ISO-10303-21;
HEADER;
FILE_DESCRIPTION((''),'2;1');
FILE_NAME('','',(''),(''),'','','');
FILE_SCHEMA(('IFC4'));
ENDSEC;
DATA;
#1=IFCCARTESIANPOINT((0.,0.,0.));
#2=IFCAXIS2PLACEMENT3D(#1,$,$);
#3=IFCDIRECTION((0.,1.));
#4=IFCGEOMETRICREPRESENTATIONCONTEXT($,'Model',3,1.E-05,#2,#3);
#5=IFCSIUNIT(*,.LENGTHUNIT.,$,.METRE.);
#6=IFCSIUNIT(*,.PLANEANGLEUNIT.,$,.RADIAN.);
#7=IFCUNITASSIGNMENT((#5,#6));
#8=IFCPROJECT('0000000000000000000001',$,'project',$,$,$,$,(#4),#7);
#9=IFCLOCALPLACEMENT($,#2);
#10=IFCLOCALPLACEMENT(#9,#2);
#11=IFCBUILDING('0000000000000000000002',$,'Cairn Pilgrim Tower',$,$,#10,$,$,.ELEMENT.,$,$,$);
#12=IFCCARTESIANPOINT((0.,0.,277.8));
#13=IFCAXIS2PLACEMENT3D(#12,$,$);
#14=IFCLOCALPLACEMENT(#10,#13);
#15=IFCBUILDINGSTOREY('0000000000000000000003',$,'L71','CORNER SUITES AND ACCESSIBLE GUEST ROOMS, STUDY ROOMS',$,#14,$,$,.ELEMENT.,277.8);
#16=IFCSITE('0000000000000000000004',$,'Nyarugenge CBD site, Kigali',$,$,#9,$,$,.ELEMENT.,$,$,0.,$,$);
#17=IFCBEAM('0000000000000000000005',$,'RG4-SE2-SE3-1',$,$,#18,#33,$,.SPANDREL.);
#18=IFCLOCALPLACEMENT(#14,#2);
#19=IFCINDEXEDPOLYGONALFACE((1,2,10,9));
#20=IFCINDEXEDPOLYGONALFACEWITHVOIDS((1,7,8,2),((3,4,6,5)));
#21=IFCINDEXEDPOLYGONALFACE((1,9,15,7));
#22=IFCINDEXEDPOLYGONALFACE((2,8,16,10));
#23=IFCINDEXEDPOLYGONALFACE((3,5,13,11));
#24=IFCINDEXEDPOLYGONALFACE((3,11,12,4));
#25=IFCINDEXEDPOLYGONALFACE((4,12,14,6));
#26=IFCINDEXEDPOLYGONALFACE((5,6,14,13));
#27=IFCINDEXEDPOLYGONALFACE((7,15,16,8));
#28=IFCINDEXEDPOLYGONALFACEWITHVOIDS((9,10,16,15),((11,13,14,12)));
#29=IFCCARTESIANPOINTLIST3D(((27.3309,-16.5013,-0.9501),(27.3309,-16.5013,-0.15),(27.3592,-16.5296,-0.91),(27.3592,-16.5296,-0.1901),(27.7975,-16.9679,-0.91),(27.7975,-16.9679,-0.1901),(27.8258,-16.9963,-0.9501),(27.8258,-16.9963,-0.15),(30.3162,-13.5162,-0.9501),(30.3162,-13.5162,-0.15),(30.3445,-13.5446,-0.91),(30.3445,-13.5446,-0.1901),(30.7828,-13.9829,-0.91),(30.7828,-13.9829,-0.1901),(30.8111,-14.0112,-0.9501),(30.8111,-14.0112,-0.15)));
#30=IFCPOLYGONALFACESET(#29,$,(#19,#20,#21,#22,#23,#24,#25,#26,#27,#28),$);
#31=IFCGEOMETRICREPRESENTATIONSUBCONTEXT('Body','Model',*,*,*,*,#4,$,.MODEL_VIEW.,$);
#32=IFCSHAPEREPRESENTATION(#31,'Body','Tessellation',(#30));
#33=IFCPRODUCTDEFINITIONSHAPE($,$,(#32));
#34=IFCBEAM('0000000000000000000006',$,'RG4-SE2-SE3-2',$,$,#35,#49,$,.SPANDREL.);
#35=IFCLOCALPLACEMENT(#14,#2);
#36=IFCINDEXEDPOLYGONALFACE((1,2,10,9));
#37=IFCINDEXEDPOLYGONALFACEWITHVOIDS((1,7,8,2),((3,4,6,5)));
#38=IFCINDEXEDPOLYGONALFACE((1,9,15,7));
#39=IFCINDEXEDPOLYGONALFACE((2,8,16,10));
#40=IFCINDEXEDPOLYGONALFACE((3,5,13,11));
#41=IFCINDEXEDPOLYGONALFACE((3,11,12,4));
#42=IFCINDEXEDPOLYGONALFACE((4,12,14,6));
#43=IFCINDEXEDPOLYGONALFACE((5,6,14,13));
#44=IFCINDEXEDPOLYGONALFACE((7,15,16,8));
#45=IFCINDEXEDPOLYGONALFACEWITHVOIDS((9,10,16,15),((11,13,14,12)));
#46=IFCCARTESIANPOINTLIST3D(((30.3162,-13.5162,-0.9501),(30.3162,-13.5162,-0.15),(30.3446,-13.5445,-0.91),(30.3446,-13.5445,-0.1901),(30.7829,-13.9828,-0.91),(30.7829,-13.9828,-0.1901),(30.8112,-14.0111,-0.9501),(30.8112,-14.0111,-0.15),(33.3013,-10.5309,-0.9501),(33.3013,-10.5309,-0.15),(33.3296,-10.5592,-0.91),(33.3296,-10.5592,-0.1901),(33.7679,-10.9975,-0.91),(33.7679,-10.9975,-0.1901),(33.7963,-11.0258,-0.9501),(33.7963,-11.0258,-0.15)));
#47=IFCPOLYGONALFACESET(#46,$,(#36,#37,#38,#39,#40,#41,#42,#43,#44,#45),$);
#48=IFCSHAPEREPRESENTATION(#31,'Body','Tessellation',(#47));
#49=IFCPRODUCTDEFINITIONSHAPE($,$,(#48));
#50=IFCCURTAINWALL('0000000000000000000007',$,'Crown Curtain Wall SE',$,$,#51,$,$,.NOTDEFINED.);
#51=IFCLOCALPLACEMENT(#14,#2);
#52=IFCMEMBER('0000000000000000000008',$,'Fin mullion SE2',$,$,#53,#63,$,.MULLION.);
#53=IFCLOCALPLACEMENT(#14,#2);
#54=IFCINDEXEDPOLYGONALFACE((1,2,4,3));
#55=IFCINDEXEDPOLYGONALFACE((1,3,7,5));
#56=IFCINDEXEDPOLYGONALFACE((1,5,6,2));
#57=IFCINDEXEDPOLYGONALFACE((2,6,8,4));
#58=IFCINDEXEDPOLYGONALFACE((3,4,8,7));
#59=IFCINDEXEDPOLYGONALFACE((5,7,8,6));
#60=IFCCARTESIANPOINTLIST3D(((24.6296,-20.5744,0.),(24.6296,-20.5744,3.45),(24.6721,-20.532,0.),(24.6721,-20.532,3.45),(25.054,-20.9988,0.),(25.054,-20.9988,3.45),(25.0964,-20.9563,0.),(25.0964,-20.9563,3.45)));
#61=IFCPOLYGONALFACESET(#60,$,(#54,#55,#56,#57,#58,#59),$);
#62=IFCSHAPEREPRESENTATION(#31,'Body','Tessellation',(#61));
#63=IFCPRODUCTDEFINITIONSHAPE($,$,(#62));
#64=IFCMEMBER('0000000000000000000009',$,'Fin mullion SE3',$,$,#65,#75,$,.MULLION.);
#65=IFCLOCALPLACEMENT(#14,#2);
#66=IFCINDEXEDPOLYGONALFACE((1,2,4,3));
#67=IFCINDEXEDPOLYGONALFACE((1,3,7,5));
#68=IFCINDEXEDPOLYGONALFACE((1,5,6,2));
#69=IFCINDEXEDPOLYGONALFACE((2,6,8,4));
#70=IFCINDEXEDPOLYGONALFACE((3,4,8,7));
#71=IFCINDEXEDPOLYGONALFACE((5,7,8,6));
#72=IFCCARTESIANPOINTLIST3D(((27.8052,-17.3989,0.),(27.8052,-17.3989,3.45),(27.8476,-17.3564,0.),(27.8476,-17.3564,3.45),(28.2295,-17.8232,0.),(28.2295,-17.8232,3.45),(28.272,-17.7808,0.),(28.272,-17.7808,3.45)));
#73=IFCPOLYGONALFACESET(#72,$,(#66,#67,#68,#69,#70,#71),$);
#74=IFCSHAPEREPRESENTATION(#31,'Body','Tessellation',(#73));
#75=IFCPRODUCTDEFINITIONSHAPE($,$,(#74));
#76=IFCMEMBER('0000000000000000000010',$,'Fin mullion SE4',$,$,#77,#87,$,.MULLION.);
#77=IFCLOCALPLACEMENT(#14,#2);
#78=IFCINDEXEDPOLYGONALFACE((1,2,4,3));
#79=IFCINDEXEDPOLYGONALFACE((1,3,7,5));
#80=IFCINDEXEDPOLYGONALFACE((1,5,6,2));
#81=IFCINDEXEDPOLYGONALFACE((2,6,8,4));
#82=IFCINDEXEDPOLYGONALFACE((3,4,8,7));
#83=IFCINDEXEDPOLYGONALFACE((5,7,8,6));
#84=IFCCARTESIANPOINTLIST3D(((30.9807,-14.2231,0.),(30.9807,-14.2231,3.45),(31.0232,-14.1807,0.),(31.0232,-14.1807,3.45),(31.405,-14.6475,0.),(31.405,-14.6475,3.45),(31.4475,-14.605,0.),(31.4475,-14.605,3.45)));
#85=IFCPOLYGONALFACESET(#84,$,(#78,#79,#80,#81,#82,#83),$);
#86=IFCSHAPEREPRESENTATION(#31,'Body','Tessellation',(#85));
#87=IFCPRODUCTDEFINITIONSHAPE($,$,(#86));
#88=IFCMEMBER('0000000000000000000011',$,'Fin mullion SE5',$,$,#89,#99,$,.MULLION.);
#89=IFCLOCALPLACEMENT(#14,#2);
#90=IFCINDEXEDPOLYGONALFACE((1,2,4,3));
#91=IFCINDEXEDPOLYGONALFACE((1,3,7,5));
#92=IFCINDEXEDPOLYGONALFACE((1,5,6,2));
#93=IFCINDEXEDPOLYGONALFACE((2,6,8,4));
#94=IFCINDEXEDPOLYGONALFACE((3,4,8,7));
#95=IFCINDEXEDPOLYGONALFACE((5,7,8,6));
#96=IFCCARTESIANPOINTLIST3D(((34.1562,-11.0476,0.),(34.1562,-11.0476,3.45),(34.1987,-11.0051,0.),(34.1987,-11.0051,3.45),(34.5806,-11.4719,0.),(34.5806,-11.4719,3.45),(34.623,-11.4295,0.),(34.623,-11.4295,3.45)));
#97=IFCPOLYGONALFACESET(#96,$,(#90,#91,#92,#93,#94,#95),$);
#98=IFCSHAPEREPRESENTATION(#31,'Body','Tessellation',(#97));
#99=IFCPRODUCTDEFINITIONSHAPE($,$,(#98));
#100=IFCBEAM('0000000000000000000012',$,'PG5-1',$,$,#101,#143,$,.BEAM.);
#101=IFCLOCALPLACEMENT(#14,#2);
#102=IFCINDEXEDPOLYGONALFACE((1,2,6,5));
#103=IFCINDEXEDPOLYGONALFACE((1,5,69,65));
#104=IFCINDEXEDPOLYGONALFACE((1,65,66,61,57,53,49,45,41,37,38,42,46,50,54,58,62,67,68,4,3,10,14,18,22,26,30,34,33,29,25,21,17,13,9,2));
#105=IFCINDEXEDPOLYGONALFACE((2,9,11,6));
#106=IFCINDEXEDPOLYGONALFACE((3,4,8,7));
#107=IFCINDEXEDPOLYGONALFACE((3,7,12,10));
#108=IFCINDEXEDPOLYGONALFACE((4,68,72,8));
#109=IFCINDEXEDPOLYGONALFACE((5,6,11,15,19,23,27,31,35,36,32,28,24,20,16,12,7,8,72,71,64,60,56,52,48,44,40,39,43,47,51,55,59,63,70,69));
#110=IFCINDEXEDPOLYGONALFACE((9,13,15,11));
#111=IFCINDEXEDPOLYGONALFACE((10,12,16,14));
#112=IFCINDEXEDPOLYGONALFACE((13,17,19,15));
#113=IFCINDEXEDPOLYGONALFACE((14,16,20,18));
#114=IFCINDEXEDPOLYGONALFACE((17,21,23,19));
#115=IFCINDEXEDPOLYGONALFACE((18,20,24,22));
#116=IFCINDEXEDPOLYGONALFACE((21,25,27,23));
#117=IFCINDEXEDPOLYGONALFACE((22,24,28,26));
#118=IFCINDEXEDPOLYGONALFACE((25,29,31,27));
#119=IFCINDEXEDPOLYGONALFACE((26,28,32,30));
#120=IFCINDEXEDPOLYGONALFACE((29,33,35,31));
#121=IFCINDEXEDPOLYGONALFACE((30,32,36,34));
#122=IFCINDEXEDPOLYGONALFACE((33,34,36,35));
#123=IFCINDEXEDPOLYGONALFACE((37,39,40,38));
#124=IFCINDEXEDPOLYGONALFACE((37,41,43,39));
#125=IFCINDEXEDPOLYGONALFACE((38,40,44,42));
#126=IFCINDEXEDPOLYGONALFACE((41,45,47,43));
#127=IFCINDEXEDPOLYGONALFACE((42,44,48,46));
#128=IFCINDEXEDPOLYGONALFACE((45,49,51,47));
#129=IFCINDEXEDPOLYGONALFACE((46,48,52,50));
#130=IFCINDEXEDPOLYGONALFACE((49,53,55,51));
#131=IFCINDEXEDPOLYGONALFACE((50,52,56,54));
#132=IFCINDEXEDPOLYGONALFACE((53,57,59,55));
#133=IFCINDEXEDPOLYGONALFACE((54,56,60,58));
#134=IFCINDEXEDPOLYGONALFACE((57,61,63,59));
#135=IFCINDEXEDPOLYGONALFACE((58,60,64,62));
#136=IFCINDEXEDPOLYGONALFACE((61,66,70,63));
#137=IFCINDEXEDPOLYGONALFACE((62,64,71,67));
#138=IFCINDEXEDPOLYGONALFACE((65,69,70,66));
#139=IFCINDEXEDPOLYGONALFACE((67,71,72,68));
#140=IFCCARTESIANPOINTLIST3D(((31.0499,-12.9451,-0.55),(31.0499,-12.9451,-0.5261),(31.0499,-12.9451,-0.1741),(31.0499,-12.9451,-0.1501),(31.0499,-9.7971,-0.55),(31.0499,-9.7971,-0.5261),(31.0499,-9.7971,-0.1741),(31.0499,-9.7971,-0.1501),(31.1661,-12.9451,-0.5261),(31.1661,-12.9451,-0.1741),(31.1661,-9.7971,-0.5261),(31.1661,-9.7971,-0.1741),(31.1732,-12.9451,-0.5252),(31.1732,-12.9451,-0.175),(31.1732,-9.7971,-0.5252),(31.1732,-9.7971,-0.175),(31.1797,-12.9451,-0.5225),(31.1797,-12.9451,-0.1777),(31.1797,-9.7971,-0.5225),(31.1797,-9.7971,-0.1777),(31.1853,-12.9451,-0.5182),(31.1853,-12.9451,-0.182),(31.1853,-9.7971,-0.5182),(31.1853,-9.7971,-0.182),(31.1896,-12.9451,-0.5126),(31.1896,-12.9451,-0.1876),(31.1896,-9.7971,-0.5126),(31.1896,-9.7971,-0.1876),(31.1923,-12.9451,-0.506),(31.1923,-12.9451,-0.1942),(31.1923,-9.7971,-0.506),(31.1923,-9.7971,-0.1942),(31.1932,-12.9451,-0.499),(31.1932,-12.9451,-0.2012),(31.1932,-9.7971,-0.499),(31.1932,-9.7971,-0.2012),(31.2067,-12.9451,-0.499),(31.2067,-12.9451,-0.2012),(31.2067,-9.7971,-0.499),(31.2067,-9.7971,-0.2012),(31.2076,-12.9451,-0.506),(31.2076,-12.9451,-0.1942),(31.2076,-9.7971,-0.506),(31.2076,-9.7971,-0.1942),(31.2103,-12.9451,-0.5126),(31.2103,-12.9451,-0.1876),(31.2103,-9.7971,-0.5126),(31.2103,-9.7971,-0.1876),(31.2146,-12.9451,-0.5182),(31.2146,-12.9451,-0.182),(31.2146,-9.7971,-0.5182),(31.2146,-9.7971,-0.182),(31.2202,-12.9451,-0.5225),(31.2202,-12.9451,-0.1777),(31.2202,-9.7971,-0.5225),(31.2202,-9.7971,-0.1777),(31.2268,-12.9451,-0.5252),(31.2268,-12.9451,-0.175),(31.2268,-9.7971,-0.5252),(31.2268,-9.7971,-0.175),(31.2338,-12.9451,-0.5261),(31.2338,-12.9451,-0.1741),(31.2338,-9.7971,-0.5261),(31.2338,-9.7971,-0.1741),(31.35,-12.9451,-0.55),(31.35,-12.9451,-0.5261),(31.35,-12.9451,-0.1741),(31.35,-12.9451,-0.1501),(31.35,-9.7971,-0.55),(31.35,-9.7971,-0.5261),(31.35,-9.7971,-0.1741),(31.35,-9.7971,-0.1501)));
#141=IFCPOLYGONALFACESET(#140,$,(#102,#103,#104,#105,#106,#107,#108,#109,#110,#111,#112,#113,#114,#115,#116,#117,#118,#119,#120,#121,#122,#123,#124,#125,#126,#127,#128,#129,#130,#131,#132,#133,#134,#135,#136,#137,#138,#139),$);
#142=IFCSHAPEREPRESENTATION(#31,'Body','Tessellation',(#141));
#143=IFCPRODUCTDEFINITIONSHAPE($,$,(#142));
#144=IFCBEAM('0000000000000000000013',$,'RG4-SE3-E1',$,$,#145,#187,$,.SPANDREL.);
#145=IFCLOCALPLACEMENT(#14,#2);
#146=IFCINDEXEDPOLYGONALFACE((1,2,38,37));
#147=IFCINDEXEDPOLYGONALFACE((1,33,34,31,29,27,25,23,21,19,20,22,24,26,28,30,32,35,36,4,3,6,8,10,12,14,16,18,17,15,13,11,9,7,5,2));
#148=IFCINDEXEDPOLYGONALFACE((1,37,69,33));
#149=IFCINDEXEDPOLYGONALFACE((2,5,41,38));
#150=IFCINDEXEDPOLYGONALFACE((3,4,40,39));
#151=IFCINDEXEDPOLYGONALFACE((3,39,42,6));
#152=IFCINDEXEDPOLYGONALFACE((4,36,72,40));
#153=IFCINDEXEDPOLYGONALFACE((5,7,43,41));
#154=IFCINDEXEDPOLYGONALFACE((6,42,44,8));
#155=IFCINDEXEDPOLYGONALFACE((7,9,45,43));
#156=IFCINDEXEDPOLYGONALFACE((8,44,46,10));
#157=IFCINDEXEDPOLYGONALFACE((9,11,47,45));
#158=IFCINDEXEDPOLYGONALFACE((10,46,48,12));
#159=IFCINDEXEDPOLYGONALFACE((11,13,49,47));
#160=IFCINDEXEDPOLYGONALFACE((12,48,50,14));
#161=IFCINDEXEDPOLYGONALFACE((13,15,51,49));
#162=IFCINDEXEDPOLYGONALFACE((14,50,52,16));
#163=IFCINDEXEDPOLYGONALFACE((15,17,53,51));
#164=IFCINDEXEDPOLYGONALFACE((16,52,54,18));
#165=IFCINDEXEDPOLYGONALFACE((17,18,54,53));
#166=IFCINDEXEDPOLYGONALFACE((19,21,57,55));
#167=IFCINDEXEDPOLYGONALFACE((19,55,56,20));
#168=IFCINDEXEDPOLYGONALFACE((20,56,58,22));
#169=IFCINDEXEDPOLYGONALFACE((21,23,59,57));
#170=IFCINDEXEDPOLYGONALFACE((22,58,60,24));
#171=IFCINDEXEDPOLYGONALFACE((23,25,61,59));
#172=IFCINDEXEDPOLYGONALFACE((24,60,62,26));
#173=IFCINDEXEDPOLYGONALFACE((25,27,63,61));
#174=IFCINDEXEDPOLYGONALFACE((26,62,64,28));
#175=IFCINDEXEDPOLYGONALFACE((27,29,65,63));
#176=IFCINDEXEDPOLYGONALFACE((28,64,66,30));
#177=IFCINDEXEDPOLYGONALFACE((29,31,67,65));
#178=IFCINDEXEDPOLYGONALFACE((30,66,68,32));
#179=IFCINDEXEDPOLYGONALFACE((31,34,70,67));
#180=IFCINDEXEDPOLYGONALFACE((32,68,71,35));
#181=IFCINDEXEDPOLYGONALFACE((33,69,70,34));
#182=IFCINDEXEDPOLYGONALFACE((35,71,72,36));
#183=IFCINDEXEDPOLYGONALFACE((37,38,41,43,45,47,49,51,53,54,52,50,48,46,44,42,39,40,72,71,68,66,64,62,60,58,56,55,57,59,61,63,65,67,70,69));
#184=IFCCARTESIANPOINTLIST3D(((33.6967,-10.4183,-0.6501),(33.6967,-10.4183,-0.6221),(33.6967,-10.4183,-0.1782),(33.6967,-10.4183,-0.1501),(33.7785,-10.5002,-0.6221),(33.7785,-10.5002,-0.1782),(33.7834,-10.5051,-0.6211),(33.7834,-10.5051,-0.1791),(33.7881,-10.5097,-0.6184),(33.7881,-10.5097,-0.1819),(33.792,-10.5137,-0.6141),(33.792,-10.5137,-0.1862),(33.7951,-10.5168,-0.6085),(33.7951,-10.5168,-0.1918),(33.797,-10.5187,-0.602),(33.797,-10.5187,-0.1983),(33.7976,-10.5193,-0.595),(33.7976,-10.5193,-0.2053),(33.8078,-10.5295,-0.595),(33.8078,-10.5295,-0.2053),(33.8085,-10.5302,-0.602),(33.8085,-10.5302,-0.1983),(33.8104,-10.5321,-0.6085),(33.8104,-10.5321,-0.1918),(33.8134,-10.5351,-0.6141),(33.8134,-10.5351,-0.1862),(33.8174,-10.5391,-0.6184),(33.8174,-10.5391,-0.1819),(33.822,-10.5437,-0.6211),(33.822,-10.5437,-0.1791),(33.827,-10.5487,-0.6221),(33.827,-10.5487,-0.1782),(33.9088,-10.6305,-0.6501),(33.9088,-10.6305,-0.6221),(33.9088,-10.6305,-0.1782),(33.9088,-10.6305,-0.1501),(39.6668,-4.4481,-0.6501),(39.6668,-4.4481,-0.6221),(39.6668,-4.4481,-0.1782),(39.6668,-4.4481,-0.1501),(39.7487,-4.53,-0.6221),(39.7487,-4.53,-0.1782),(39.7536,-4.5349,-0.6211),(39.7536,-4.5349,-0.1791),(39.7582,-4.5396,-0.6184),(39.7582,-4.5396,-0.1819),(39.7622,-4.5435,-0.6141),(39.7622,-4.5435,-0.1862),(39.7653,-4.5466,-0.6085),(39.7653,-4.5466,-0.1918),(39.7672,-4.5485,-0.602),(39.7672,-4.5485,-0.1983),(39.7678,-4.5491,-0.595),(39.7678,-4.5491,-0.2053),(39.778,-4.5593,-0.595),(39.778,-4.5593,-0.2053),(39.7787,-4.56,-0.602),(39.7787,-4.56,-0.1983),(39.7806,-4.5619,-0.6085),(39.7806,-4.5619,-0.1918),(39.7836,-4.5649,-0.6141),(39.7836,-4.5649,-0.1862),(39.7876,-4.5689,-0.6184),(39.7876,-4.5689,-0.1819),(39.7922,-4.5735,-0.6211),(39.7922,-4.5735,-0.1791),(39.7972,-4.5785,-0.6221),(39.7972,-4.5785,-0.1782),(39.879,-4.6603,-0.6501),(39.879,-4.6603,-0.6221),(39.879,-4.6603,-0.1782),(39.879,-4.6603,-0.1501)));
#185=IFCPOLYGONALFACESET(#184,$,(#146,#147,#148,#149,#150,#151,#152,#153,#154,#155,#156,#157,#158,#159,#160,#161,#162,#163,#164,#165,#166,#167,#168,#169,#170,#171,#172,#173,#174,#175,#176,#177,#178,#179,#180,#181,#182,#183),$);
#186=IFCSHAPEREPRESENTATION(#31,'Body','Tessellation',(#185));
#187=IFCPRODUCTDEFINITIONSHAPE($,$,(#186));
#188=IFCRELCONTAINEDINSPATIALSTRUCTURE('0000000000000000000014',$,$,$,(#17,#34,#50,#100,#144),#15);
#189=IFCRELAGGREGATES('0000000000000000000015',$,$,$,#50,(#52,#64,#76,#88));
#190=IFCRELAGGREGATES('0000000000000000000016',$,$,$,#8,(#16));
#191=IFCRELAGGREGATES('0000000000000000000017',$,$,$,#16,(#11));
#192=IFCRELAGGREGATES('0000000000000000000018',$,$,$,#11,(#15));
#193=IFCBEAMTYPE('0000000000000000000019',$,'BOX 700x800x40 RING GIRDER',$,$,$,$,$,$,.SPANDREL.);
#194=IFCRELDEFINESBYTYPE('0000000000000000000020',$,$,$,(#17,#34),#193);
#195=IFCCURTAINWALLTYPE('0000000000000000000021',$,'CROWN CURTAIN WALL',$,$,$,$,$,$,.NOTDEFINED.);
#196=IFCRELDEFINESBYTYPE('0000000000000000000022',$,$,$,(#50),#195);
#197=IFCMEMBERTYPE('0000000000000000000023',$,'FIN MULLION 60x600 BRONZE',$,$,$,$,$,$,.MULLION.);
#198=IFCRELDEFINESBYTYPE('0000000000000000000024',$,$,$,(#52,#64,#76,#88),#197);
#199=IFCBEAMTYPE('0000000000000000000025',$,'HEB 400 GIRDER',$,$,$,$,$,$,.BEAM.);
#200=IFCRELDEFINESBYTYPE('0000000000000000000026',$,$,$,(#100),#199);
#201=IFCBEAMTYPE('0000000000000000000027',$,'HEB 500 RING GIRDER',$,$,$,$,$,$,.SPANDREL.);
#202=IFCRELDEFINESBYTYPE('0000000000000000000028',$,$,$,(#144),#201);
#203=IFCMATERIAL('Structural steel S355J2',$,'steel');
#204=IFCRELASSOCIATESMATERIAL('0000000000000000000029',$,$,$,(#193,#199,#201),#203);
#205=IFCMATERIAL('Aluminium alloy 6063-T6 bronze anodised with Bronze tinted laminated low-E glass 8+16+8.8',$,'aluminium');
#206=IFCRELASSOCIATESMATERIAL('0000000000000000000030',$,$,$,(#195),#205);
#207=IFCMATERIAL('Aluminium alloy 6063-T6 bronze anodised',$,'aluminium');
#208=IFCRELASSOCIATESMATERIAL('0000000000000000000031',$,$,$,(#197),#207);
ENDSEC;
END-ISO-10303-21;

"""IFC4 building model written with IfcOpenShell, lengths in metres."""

from ifc_helpers import new_model, si_unit, direction, frame, origin, origin_2d, place, context, subcontext, project, spatial, rectangle, hollow_rectangle, i_section, extrude, material, material_profile, profile_set, type_object, element, aggregate, save


model = new_model("IFC4")

# Units and contexts
model_context = context("Model", 3, precision=1e-05, world=origin(), true_north=direction((0.0, 1.0)))
body_context = subcontext(model_context, "Body", "Model", "MODEL_VIEW")
ifc_project = project(units=[si_unit("LENGTHUNIT", "METRE"), si_unit("PLANEANGLEUNIT", "RADIAN")], contexts=[model_context])

# Site, building, storey
site_placement = place(None, origin())
site = spatial("IfcSite", under=ifc_project, at=site_placement, Name="Nyarugenge CBD site, Kigali", CompositionType="ELEMENT", RefElevation=0.0)
building_placement = place(site_placement, origin())
building = spatial("IfcBuilding", under=site, at=building_placement, Name="Cairn Pilgrim Tower", CompositionType="ELEMENT")
storey_placement = place(building_placement, frame((0.0, 0.0, 277.8)))
storey = spatial("IfcBuildingStorey", under=building, at=storey_placement, Name="L71", Description="CORNER SUITES AND ACCESSIBLE GUEST ROOMS, STUDY ROOMS", CompositionType="ELEMENT", Elevation=277.8)

# Shared definitions
ifc_material_1 = material(Name="Structural steel S355J2", Category="steel")

# Beams
ifc_material_profile_1 = material_profile(ifc_material_1, hollow_rectangle(XDim=0.7, YDim=0.8, WallThickness=0.04, at=origin_2d()), Name="BOX 700x800x40")
ifc_profile_set_1 = profile_set([ifc_material_profile_1], Name="Structural steel S355J2")
beam_type_1 = type_object("IfcBeamType", Name="BOX 700x800x40 RING GIRDER", PredefinedType="SPANDREL", material=ifc_profile_set_1)
for number, where, z_axis, x_axis, name in (
    (1, (27.5784, -16.7488, -0.55), (0.707136, 0.707078, 0.0), (-0.707078, 0.707136, 0.0), "RG4-SE2-SE3-1"),
    (2, (30.5637, -13.7637, -0.55), (0.707078, 0.707136, 0.0), (-0.707136, 0.707078, 0.0), "RG4-SE2-SE3-2"),
):
    element("IfcBeam", number, at=place(storey_placement, frame(where, z_axis=z_axis, x_axis=x_axis)), inside=storey, type_object=beam_type_1, Name=name, PredefinedType="SPANDREL", context=body_context, shape_type="SweptSolid", body=[
        extrude(hollow_rectangle(XDim=0.7, YDim=0.8, WallThickness=0.04, at=origin_2d()), origin(), (0.0, 0.0, 1.0), 4.2217),
    ])

# Curtain wall, members
ifc_material_2 = material(Name="Aluminium alloy 6063-T6 bronze anodised with Bronze tinted laminated low-E glass 8+16+8.8", Category="aluminium")
curtain_wall_type = type_object("IfcCurtainWallType", Name="CROWN CURTAIN WALL", PredefinedType="NOTDEFINED", material=ifc_material_2)
curtain_wall_placement = place(storey_placement, origin())
curtain_wall = element("IfcCurtainWall", 3, at=curtain_wall_placement, inside=storey, type_object=curtain_wall_type, Name="Crown Curtain Wall SE", PredefinedType="NOTDEFINED")
ifc_material_3 = material(Name="Aluminium alloy 6063-T6 bronze anodised", Category="aluminium")
ifc_material_profile_2 = material_profile(ifc_material_3, rectangle(XDim=0.6001, YDim=0.0601, at=origin_2d()), Name="FIN MULLION 60x600 BRONZE")
ifc_profile_set_2 = profile_set([ifc_material_profile_2], Name="Aluminium alloy 6063-T6 bronze anodised")
member_type_1 = type_object("IfcMemberType", Name="FIN MULLION 60x600 BRONZE", PredefinedType="MULLION", material=ifc_profile_set_2)
member_1_placement = place(storey_placement, frame((24.863, -20.7654, 0.0), z_axis=(0.0, 0.0, 1.0), x_axis=(0.707107, -0.707107, 0.0)))
member_1 = element("IfcMember", 4, at=member_1_placement, type_object=member_type_1, Name="Fin mullion SE2", PredefinedType="MULLION", context=body_context, shape_type="SweptSolid", body=[
    extrude(rectangle(XDim=0.6001, YDim=0.0601, at=origin_2d()), origin(), (0.0, 0.0, 1.0), 3.45),
])
member_2_placement = place(storey_placement, frame((28.0386, -17.5898, 0.0), z_axis=(0.0, 0.0, 1.0), x_axis=(0.707107, -0.707107, 0.0)))
member_2 = element("IfcMember", 5, at=member_2_placement, type_object=member_type_1, Name="Fin mullion SE3", PredefinedType="MULLION", context=body_context, shape_type="SweptSolid", body=[
    extrude(rectangle(XDim=0.6001, YDim=0.0601, at=origin_2d()), origin(), (0.0, 0.0, 1.0), 3.45),
])
member_3_placement = place(storey_placement, frame((31.2141, -14.4141, 0.0), z_axis=(0.0, 0.0, 1.0), x_axis=(0.707107, -0.707107, 0.0)))
member_3 = element("IfcMember", 6, at=member_3_placement, type_object=member_type_1, Name="Fin mullion SE4", PredefinedType="MULLION", context=body_context, shape_type="SweptSolid", body=[
    extrude(rectangle(XDim=0.6001, YDim=0.0601, at=origin_2d()), origin(), (0.0, 0.0, 1.0), 3.45),
])
member_4_placement = place(storey_placement, frame((34.3896, -11.2385, 0.0), z_axis=(0.0, 0.0, 1.0), x_axis=(0.707107, -0.707107, 0.0)))
member_4 = element("IfcMember", 7, at=member_4_placement, type_object=member_type_1, Name="Fin mullion SE5", PredefinedType="MULLION", context=body_context, shape_type="SweptSolid", body=[
    extrude(rectangle(XDim=0.6001, YDim=0.0601, at=origin_2d()), origin(), (0.0, 0.0, 1.0), 3.45),
])

# Beams
ifc_material_profile_3 = material_profile(ifc_material_1, i_section(OverallWidth=0.3, OverallDepth=0.3999, WebThickness=0.0134, FlangeThickness=0.0239, FilletRadius=0.0271, at=origin_2d()), Name="HEB 400")
ifc_profile_set_3 = profile_set([ifc_material_profile_3], Name="Structural steel S355J2")
beam_type_2 = type_object("IfcBeamType", Name="HEB 400 GIRDER", PredefinedType="BEAM", material=ifc_profile_set_3)
beam_1_placement = place(storey_placement, frame((31.2, -12.9451, -0.3501), z_axis=(0.0, 1.0, 0.0), x_axis=(-1.0, 0.0, 0.0)))
element("IfcBeam", 8, at=beam_1_placement, inside=storey, type_object=beam_type_2, Name="PG5-1", PredefinedType="BEAM", context=body_context, shape_type="SweptSolid", body=[
    extrude(i_section(OverallWidth=0.3, OverallDepth=0.3999, WebThickness=0.0134, FlangeThickness=0.0239, FilletRadius=0.0271, at=origin_2d()), origin(), (0.0, 0.0, 1.0), 3.1479),
])
ifc_material_profile_4 = material_profile(ifc_material_1, i_section(OverallWidth=0.3, OverallDepth=0.5, WebThickness=0.0144, FlangeThickness=0.0281, FilletRadius=0.0271, at=origin_2d()), Name="HEB 500")
ifc_profile_set_4 = profile_set([ifc_material_profile_4], Name="Structural steel S355J2")
beam_type_3 = type_object("IfcBeamType", Name="HEB 500 RING GIRDER", PredefinedType="SPANDREL", material=ifc_profile_set_4)
beam_2_placement = place(storey_placement, frame((33.8027, -10.5244, -0.4001), z_axis=(0.707107, 0.707107, 0.0), x_axis=(-0.707107, 0.707107, 0.0)))
element("IfcBeam", 9, at=beam_2_placement, inside=storey, type_object=beam_type_3, Name="RG4-SE3-E1", PredefinedType="SPANDREL", context=body_context, shape_type="SweptSolid", body=[
    extrude(i_section(OverallWidth=0.3, OverallDepth=0.5, WebThickness=0.0144, FlangeThickness=0.0281, FilletRadius=0.0271, at=origin_2d()), origin(), (0.0, 0.0, 1.0), 8.4431),
])

aggregate(curtain_wall, [member_1, member_2, member_3, member_4])

save(model, "model.ifc")
